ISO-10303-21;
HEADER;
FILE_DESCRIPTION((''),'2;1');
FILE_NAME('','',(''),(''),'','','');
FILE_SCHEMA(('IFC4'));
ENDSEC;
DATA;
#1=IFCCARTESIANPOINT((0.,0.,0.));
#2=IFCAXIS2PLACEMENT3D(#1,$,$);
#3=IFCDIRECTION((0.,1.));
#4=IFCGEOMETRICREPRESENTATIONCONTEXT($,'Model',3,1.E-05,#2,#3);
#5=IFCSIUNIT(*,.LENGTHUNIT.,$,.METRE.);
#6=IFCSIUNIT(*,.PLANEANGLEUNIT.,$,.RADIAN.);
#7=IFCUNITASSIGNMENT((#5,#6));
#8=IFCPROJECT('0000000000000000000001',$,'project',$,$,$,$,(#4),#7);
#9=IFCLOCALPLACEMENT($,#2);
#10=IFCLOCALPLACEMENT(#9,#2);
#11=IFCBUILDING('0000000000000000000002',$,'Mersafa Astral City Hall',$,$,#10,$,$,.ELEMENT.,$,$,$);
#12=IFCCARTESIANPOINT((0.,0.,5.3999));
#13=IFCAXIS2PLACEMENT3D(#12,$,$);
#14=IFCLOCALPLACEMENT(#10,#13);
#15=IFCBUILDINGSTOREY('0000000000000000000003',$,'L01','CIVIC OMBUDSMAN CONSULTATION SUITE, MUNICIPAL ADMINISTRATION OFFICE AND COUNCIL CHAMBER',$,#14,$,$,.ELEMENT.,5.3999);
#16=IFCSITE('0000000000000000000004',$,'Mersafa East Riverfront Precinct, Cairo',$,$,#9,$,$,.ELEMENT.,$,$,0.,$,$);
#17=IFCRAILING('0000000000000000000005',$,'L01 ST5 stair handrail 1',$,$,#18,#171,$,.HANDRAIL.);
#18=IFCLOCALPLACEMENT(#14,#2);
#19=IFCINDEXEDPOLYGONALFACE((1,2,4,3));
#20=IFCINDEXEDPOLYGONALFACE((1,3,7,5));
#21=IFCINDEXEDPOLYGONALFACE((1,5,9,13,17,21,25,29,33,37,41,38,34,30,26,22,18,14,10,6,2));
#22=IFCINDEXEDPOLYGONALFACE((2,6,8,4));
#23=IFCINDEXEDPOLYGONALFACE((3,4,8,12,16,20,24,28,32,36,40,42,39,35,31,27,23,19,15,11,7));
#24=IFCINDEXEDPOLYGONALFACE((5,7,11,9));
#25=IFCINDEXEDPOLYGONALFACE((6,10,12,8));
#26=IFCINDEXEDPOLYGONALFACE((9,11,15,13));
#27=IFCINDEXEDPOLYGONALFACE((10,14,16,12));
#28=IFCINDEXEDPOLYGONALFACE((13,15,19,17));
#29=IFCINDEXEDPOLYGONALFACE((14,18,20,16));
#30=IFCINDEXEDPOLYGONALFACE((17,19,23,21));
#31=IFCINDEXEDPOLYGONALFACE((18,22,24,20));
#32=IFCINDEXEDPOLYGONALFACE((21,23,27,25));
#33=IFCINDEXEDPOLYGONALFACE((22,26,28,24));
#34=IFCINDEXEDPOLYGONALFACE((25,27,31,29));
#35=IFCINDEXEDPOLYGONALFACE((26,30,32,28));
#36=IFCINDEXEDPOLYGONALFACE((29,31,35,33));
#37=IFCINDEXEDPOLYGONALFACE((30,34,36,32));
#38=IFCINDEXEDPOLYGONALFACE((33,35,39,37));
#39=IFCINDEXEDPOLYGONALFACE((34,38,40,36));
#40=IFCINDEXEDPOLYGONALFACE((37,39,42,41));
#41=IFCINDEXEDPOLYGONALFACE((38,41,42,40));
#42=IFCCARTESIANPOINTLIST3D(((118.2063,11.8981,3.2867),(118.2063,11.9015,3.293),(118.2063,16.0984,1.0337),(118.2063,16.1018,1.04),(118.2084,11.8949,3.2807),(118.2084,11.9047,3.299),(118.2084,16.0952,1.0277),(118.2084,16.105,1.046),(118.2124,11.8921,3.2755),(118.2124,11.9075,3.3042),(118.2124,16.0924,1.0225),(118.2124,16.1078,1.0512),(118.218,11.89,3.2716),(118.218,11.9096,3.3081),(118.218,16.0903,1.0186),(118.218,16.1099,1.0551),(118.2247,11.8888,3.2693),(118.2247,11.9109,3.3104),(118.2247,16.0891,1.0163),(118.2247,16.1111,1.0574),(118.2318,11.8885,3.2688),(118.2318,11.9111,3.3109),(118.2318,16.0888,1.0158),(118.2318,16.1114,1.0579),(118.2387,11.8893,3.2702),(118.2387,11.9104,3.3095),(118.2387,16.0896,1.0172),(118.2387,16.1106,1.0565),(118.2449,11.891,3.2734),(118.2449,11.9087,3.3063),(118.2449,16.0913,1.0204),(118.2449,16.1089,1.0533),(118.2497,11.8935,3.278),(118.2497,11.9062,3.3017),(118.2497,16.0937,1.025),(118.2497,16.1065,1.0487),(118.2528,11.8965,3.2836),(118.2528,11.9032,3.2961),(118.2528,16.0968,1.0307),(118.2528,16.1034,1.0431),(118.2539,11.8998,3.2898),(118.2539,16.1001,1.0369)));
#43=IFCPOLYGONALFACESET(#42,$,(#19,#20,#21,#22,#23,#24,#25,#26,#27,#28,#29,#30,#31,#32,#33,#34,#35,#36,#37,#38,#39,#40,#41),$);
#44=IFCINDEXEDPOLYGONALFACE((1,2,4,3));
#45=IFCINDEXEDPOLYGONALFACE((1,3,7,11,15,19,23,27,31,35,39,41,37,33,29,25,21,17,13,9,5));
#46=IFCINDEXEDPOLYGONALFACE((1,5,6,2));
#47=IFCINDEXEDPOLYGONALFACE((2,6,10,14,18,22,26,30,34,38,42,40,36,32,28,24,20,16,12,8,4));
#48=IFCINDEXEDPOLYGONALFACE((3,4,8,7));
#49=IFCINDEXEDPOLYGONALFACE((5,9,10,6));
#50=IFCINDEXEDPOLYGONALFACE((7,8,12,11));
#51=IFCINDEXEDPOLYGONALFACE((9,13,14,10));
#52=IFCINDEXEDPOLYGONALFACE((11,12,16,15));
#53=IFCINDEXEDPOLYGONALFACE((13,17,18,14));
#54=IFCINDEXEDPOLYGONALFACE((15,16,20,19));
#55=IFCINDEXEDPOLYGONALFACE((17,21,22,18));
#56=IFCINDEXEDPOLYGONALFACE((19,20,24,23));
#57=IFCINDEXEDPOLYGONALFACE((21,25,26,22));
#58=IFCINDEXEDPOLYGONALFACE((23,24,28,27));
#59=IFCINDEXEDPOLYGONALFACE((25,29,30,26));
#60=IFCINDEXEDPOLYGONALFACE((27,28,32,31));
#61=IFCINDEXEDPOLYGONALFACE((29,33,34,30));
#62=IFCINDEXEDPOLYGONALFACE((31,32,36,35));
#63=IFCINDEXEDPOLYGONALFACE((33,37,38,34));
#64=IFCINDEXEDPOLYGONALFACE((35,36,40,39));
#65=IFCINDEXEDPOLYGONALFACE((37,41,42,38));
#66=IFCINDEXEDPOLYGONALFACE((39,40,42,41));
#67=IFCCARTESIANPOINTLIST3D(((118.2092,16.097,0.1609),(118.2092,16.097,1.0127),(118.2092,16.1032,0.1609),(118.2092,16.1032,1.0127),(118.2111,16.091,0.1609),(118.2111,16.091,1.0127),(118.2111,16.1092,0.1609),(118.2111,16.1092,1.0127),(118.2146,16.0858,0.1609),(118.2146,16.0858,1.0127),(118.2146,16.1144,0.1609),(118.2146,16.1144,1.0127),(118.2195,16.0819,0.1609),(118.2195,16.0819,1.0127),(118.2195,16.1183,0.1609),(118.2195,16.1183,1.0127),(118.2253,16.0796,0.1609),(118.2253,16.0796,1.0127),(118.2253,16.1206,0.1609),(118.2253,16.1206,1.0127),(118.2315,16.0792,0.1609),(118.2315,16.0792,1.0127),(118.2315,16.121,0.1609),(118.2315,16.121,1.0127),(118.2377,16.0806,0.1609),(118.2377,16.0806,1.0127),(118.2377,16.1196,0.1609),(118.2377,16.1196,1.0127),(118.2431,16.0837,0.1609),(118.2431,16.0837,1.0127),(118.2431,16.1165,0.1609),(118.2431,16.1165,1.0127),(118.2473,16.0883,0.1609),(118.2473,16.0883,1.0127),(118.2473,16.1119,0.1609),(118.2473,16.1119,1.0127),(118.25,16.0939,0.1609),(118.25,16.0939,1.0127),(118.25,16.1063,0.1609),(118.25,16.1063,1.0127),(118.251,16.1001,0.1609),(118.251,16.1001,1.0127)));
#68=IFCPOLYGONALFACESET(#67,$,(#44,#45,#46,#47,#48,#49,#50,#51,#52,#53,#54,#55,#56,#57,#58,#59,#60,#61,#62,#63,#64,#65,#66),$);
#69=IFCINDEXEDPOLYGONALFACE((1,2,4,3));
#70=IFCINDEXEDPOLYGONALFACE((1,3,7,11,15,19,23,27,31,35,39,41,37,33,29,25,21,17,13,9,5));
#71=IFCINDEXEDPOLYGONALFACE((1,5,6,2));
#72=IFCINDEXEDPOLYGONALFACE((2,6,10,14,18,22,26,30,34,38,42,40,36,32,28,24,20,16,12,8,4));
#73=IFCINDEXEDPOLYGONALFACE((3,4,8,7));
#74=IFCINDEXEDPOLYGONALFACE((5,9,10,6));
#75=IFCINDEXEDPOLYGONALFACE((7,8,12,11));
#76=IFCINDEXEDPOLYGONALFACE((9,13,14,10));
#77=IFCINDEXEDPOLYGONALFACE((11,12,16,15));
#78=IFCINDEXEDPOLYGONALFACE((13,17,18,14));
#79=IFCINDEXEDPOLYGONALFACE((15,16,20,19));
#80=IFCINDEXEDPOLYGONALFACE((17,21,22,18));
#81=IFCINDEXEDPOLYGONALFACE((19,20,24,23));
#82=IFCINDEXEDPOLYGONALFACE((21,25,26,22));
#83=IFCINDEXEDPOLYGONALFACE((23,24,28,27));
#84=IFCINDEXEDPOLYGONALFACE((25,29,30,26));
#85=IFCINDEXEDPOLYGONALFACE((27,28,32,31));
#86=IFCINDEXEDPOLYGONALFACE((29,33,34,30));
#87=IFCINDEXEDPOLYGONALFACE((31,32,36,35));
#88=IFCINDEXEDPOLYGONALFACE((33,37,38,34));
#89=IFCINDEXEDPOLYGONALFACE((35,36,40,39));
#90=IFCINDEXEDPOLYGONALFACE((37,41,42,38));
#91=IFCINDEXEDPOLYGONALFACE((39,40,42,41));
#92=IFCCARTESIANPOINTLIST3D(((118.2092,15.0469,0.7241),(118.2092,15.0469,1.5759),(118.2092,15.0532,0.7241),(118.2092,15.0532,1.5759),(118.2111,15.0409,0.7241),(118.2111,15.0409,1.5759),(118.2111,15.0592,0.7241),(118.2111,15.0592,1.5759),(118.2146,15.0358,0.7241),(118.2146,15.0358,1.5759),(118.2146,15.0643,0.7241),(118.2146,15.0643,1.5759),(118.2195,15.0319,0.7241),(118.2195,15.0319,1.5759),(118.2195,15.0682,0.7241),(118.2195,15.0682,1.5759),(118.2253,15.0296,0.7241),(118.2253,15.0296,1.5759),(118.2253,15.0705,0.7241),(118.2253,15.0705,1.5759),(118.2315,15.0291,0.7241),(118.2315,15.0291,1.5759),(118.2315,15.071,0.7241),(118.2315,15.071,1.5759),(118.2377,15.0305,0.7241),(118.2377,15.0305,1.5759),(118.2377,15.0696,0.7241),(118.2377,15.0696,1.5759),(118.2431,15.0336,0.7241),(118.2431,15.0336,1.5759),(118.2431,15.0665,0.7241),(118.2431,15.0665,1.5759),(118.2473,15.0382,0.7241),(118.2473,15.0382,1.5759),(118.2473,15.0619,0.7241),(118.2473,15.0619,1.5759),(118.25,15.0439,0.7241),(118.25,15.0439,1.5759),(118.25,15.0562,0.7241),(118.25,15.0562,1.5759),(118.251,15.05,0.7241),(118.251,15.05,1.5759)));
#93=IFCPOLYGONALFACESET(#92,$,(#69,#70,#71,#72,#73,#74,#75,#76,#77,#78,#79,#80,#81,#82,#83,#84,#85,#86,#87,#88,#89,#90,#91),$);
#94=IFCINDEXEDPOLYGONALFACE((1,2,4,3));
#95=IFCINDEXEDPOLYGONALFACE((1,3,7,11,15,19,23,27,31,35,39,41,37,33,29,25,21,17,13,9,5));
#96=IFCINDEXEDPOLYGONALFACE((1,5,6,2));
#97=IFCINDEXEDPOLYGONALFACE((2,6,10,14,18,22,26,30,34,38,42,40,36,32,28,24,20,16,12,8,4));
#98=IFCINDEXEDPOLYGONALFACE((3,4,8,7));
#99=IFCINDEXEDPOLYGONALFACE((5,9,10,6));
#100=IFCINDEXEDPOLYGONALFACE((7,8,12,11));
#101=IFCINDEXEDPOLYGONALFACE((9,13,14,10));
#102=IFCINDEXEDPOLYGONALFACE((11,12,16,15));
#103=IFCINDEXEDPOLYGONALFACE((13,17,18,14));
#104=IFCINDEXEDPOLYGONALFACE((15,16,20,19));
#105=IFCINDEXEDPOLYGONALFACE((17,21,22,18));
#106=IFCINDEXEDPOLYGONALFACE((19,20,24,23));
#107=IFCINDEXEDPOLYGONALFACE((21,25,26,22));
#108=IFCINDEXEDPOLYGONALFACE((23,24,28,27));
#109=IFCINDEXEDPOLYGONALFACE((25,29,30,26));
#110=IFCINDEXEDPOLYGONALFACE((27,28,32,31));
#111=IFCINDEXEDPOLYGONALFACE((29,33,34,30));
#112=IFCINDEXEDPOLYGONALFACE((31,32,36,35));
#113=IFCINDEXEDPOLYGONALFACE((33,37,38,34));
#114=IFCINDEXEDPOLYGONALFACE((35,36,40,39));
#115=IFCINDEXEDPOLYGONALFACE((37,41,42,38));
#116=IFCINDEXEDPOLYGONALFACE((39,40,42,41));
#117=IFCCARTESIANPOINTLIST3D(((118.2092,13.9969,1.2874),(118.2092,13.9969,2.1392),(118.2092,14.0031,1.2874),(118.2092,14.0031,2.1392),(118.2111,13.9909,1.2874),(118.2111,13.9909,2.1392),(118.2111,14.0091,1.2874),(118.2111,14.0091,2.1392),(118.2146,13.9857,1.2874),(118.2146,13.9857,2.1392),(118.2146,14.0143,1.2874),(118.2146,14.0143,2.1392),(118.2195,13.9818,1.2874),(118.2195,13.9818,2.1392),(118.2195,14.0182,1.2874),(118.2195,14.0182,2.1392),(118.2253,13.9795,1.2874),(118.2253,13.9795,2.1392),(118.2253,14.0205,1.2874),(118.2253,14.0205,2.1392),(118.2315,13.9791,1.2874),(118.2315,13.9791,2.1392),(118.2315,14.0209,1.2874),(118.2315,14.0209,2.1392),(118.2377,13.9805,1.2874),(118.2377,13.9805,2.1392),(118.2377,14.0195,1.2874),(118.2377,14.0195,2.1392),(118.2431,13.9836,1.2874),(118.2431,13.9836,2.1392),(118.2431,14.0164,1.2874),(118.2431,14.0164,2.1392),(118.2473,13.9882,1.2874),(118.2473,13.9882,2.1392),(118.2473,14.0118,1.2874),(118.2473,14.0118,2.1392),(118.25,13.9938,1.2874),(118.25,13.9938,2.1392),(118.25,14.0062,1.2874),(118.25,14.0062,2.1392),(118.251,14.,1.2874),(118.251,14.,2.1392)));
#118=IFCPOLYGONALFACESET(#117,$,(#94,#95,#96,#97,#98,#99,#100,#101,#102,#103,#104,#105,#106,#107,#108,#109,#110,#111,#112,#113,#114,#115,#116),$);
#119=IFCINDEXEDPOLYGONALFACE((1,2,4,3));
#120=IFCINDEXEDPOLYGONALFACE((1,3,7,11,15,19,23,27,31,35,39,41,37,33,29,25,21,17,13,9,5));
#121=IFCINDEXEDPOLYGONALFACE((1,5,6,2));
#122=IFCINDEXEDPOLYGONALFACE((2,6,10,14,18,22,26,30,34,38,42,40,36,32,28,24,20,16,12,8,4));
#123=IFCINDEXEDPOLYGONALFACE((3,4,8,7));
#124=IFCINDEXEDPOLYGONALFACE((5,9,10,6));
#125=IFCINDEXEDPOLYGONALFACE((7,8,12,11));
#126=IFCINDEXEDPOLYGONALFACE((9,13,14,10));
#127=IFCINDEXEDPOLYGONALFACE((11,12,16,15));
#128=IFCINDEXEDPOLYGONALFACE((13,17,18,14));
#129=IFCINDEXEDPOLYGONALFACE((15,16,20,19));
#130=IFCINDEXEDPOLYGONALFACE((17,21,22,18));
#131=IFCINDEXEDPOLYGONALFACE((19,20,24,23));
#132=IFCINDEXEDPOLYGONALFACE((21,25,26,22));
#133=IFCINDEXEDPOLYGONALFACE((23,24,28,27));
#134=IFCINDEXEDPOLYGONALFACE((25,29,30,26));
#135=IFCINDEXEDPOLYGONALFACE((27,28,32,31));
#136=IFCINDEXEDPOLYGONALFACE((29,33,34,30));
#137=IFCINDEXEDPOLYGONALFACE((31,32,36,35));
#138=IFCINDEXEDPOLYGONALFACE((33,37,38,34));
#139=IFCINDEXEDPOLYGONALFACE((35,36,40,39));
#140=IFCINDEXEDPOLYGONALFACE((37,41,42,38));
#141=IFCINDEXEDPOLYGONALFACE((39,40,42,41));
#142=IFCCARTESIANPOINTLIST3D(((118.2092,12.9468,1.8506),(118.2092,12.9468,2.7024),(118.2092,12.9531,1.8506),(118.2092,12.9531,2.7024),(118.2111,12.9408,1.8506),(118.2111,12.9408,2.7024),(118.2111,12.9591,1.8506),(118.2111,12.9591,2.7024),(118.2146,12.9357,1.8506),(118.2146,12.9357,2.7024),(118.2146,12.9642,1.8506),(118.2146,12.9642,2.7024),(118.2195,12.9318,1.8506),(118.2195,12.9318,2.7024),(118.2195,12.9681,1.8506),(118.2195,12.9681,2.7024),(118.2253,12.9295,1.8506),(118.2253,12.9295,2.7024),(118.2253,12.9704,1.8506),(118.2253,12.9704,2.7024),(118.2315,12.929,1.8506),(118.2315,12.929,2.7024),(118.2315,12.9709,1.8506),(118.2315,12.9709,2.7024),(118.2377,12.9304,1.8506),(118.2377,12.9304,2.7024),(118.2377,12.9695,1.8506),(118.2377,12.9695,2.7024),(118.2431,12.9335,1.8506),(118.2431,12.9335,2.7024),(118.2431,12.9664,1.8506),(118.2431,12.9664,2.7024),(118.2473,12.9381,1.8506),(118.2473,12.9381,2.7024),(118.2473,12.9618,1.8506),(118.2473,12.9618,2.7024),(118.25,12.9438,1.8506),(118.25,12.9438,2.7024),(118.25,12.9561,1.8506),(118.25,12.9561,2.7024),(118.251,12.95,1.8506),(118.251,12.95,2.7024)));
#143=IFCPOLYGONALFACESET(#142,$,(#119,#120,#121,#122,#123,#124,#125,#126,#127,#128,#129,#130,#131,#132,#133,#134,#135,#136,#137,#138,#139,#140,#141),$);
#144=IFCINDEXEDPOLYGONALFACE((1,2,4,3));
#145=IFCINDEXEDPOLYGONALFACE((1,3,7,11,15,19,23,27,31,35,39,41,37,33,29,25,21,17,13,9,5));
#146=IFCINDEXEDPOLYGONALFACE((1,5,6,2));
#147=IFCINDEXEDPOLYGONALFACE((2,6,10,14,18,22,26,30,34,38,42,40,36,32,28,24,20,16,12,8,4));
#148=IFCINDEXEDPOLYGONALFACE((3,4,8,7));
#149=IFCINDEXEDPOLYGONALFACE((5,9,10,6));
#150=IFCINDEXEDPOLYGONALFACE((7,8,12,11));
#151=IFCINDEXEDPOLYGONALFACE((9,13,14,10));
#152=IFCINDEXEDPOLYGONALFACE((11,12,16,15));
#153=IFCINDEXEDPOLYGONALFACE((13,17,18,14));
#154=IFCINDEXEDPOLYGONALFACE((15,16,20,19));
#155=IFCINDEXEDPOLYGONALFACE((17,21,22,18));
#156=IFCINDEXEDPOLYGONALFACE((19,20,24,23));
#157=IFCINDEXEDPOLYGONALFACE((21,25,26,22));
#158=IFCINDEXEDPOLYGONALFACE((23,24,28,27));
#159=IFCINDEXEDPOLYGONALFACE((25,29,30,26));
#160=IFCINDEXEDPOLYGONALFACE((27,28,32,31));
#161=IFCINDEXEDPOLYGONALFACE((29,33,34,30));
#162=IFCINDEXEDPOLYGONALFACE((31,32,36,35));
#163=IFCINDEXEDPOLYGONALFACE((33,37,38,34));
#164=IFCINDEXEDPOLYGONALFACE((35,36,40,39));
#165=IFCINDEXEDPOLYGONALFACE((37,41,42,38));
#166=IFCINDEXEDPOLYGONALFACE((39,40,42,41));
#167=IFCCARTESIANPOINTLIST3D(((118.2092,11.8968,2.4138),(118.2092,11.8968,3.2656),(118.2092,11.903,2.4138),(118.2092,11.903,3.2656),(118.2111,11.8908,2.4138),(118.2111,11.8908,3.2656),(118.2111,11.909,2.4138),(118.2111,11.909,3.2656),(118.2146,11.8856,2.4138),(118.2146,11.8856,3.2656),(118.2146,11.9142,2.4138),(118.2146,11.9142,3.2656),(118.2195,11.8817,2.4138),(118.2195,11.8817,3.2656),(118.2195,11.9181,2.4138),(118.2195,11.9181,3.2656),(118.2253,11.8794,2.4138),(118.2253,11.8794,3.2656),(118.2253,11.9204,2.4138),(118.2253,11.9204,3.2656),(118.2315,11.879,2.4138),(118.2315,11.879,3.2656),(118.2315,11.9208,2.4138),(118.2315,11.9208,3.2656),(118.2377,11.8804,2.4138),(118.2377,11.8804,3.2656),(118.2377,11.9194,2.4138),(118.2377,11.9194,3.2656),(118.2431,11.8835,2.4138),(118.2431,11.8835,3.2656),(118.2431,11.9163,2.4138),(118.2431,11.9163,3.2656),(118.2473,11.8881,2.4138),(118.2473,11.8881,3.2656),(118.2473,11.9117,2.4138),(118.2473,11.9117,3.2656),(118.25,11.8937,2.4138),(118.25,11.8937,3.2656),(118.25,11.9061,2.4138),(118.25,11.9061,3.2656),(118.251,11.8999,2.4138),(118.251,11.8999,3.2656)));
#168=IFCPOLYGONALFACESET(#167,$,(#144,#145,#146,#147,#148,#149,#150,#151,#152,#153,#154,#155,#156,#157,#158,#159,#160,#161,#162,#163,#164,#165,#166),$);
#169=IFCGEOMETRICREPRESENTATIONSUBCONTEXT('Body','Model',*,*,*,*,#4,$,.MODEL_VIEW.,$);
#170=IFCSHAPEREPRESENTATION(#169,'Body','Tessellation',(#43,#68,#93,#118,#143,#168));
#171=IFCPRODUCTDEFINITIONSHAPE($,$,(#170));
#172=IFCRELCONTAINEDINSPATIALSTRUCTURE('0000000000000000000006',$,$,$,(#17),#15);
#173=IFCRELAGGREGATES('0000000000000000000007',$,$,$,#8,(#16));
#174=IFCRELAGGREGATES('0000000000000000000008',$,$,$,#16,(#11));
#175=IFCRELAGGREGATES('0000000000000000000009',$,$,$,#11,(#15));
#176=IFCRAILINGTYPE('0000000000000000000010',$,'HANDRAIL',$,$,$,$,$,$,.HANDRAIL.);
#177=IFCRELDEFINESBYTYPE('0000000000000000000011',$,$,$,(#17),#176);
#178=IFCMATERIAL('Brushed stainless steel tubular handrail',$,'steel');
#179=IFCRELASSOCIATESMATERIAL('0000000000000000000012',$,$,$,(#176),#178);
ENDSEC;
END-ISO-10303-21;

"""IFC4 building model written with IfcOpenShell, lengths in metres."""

from ifc_helpers import new_model, si_unit, direction, frame, origin, origin_2d, place, context, subcontext, project, spatial, circle, extrude, material, type_object, element, save


model = new_model("IFC4")

# Units and contexts
model_context = context("Model", 3, precision=1e-05, world=origin(), true_north=direction((0.0, 1.0)))
body_context = subcontext(model_context, "Body", "Model", "MODEL_VIEW")
ifc_project = project(units=[si_unit("LENGTHUNIT", "METRE"), si_unit("PLANEANGLEUNIT", "RADIAN")], contexts=[model_context])

# Site, building, storey
site_placement = place(None, origin())
site = spatial("IfcSite", under=ifc_project, at=site_placement, Name="Mersafa East Riverfront Precinct, Cairo", CompositionType="ELEMENT", RefElevation=0.0)
building_placement = place(site_placement, origin())
building = spatial("IfcBuilding", under=site, at=building_placement, Name="Mersafa Astral City Hall", CompositionType="ELEMENT")
storey_placement = place(building_placement, frame((0.0, 0.0, 5.3999)))
storey = spatial("IfcBuildingStorey", under=building, at=storey_placement, Name="L01", Description="CIVIC OMBUDSMAN CONSULTATION SUITE, MUNICIPAL ADMINISTRATION OFFICE AND COUNCIL CHAMBER", CompositionType="ELEMENT", Elevation=5.3999)

# Railing
ifc_material_1 = material(Name="Brushed stainless steel tubular handrail", Category="steel")
railing_type_1 = type_object("IfcRailingType", Name="HANDRAIL", PredefinedType="HANDRAIL", material=ifc_material_1)
railing_1_placement = place(storey_placement, frame((118.23, 16.1001, 0.1609)))
element("IfcRailing", 1, at=railing_1_placement, inside=storey, type_object=railing_type_1, Name="L01 ST5 stair handrail 1", PredefinedType="HANDRAIL", context=body_context, shape_type="SweptSolid", body=[
    extrude(circle(Radius=0.0239, at=origin_2d()), frame((0.0, 0.0, 0.876), z_axis=(0.0, -0.881233, 0.472682), x_axis=(1.0, 0.0, 0.0)), (0.0, 0.0, 1.0), 4.7664),
    extrude(circle(Radius=0.021, at=origin_2d()), origin(), (0.0, 0.0, 1.0), 0.8518),
    extrude(circle(Radius=0.021, at=origin_2d()), frame((0.0, -1.05, 0.5632)), (0.0, 0.0, 1.0), 0.8518),
    extrude(circle(Radius=0.021, at=origin_2d()), frame((0.0, -2.1001, 1.1265)), (0.0, 0.0, 1.0), 0.8518),
    extrude(circle(Radius=0.021, at=origin_2d()), frame((0.0, -3.1501, 1.6897)), (0.0, 0.0, 1.0), 0.8518),
    extrude(circle(Radius=0.021, at=origin_2d()), frame((0.0, -4.2002, 2.2529)), (0.0, 0.0, 1.0), 0.8518),
])

save(model, "model.ifc")
